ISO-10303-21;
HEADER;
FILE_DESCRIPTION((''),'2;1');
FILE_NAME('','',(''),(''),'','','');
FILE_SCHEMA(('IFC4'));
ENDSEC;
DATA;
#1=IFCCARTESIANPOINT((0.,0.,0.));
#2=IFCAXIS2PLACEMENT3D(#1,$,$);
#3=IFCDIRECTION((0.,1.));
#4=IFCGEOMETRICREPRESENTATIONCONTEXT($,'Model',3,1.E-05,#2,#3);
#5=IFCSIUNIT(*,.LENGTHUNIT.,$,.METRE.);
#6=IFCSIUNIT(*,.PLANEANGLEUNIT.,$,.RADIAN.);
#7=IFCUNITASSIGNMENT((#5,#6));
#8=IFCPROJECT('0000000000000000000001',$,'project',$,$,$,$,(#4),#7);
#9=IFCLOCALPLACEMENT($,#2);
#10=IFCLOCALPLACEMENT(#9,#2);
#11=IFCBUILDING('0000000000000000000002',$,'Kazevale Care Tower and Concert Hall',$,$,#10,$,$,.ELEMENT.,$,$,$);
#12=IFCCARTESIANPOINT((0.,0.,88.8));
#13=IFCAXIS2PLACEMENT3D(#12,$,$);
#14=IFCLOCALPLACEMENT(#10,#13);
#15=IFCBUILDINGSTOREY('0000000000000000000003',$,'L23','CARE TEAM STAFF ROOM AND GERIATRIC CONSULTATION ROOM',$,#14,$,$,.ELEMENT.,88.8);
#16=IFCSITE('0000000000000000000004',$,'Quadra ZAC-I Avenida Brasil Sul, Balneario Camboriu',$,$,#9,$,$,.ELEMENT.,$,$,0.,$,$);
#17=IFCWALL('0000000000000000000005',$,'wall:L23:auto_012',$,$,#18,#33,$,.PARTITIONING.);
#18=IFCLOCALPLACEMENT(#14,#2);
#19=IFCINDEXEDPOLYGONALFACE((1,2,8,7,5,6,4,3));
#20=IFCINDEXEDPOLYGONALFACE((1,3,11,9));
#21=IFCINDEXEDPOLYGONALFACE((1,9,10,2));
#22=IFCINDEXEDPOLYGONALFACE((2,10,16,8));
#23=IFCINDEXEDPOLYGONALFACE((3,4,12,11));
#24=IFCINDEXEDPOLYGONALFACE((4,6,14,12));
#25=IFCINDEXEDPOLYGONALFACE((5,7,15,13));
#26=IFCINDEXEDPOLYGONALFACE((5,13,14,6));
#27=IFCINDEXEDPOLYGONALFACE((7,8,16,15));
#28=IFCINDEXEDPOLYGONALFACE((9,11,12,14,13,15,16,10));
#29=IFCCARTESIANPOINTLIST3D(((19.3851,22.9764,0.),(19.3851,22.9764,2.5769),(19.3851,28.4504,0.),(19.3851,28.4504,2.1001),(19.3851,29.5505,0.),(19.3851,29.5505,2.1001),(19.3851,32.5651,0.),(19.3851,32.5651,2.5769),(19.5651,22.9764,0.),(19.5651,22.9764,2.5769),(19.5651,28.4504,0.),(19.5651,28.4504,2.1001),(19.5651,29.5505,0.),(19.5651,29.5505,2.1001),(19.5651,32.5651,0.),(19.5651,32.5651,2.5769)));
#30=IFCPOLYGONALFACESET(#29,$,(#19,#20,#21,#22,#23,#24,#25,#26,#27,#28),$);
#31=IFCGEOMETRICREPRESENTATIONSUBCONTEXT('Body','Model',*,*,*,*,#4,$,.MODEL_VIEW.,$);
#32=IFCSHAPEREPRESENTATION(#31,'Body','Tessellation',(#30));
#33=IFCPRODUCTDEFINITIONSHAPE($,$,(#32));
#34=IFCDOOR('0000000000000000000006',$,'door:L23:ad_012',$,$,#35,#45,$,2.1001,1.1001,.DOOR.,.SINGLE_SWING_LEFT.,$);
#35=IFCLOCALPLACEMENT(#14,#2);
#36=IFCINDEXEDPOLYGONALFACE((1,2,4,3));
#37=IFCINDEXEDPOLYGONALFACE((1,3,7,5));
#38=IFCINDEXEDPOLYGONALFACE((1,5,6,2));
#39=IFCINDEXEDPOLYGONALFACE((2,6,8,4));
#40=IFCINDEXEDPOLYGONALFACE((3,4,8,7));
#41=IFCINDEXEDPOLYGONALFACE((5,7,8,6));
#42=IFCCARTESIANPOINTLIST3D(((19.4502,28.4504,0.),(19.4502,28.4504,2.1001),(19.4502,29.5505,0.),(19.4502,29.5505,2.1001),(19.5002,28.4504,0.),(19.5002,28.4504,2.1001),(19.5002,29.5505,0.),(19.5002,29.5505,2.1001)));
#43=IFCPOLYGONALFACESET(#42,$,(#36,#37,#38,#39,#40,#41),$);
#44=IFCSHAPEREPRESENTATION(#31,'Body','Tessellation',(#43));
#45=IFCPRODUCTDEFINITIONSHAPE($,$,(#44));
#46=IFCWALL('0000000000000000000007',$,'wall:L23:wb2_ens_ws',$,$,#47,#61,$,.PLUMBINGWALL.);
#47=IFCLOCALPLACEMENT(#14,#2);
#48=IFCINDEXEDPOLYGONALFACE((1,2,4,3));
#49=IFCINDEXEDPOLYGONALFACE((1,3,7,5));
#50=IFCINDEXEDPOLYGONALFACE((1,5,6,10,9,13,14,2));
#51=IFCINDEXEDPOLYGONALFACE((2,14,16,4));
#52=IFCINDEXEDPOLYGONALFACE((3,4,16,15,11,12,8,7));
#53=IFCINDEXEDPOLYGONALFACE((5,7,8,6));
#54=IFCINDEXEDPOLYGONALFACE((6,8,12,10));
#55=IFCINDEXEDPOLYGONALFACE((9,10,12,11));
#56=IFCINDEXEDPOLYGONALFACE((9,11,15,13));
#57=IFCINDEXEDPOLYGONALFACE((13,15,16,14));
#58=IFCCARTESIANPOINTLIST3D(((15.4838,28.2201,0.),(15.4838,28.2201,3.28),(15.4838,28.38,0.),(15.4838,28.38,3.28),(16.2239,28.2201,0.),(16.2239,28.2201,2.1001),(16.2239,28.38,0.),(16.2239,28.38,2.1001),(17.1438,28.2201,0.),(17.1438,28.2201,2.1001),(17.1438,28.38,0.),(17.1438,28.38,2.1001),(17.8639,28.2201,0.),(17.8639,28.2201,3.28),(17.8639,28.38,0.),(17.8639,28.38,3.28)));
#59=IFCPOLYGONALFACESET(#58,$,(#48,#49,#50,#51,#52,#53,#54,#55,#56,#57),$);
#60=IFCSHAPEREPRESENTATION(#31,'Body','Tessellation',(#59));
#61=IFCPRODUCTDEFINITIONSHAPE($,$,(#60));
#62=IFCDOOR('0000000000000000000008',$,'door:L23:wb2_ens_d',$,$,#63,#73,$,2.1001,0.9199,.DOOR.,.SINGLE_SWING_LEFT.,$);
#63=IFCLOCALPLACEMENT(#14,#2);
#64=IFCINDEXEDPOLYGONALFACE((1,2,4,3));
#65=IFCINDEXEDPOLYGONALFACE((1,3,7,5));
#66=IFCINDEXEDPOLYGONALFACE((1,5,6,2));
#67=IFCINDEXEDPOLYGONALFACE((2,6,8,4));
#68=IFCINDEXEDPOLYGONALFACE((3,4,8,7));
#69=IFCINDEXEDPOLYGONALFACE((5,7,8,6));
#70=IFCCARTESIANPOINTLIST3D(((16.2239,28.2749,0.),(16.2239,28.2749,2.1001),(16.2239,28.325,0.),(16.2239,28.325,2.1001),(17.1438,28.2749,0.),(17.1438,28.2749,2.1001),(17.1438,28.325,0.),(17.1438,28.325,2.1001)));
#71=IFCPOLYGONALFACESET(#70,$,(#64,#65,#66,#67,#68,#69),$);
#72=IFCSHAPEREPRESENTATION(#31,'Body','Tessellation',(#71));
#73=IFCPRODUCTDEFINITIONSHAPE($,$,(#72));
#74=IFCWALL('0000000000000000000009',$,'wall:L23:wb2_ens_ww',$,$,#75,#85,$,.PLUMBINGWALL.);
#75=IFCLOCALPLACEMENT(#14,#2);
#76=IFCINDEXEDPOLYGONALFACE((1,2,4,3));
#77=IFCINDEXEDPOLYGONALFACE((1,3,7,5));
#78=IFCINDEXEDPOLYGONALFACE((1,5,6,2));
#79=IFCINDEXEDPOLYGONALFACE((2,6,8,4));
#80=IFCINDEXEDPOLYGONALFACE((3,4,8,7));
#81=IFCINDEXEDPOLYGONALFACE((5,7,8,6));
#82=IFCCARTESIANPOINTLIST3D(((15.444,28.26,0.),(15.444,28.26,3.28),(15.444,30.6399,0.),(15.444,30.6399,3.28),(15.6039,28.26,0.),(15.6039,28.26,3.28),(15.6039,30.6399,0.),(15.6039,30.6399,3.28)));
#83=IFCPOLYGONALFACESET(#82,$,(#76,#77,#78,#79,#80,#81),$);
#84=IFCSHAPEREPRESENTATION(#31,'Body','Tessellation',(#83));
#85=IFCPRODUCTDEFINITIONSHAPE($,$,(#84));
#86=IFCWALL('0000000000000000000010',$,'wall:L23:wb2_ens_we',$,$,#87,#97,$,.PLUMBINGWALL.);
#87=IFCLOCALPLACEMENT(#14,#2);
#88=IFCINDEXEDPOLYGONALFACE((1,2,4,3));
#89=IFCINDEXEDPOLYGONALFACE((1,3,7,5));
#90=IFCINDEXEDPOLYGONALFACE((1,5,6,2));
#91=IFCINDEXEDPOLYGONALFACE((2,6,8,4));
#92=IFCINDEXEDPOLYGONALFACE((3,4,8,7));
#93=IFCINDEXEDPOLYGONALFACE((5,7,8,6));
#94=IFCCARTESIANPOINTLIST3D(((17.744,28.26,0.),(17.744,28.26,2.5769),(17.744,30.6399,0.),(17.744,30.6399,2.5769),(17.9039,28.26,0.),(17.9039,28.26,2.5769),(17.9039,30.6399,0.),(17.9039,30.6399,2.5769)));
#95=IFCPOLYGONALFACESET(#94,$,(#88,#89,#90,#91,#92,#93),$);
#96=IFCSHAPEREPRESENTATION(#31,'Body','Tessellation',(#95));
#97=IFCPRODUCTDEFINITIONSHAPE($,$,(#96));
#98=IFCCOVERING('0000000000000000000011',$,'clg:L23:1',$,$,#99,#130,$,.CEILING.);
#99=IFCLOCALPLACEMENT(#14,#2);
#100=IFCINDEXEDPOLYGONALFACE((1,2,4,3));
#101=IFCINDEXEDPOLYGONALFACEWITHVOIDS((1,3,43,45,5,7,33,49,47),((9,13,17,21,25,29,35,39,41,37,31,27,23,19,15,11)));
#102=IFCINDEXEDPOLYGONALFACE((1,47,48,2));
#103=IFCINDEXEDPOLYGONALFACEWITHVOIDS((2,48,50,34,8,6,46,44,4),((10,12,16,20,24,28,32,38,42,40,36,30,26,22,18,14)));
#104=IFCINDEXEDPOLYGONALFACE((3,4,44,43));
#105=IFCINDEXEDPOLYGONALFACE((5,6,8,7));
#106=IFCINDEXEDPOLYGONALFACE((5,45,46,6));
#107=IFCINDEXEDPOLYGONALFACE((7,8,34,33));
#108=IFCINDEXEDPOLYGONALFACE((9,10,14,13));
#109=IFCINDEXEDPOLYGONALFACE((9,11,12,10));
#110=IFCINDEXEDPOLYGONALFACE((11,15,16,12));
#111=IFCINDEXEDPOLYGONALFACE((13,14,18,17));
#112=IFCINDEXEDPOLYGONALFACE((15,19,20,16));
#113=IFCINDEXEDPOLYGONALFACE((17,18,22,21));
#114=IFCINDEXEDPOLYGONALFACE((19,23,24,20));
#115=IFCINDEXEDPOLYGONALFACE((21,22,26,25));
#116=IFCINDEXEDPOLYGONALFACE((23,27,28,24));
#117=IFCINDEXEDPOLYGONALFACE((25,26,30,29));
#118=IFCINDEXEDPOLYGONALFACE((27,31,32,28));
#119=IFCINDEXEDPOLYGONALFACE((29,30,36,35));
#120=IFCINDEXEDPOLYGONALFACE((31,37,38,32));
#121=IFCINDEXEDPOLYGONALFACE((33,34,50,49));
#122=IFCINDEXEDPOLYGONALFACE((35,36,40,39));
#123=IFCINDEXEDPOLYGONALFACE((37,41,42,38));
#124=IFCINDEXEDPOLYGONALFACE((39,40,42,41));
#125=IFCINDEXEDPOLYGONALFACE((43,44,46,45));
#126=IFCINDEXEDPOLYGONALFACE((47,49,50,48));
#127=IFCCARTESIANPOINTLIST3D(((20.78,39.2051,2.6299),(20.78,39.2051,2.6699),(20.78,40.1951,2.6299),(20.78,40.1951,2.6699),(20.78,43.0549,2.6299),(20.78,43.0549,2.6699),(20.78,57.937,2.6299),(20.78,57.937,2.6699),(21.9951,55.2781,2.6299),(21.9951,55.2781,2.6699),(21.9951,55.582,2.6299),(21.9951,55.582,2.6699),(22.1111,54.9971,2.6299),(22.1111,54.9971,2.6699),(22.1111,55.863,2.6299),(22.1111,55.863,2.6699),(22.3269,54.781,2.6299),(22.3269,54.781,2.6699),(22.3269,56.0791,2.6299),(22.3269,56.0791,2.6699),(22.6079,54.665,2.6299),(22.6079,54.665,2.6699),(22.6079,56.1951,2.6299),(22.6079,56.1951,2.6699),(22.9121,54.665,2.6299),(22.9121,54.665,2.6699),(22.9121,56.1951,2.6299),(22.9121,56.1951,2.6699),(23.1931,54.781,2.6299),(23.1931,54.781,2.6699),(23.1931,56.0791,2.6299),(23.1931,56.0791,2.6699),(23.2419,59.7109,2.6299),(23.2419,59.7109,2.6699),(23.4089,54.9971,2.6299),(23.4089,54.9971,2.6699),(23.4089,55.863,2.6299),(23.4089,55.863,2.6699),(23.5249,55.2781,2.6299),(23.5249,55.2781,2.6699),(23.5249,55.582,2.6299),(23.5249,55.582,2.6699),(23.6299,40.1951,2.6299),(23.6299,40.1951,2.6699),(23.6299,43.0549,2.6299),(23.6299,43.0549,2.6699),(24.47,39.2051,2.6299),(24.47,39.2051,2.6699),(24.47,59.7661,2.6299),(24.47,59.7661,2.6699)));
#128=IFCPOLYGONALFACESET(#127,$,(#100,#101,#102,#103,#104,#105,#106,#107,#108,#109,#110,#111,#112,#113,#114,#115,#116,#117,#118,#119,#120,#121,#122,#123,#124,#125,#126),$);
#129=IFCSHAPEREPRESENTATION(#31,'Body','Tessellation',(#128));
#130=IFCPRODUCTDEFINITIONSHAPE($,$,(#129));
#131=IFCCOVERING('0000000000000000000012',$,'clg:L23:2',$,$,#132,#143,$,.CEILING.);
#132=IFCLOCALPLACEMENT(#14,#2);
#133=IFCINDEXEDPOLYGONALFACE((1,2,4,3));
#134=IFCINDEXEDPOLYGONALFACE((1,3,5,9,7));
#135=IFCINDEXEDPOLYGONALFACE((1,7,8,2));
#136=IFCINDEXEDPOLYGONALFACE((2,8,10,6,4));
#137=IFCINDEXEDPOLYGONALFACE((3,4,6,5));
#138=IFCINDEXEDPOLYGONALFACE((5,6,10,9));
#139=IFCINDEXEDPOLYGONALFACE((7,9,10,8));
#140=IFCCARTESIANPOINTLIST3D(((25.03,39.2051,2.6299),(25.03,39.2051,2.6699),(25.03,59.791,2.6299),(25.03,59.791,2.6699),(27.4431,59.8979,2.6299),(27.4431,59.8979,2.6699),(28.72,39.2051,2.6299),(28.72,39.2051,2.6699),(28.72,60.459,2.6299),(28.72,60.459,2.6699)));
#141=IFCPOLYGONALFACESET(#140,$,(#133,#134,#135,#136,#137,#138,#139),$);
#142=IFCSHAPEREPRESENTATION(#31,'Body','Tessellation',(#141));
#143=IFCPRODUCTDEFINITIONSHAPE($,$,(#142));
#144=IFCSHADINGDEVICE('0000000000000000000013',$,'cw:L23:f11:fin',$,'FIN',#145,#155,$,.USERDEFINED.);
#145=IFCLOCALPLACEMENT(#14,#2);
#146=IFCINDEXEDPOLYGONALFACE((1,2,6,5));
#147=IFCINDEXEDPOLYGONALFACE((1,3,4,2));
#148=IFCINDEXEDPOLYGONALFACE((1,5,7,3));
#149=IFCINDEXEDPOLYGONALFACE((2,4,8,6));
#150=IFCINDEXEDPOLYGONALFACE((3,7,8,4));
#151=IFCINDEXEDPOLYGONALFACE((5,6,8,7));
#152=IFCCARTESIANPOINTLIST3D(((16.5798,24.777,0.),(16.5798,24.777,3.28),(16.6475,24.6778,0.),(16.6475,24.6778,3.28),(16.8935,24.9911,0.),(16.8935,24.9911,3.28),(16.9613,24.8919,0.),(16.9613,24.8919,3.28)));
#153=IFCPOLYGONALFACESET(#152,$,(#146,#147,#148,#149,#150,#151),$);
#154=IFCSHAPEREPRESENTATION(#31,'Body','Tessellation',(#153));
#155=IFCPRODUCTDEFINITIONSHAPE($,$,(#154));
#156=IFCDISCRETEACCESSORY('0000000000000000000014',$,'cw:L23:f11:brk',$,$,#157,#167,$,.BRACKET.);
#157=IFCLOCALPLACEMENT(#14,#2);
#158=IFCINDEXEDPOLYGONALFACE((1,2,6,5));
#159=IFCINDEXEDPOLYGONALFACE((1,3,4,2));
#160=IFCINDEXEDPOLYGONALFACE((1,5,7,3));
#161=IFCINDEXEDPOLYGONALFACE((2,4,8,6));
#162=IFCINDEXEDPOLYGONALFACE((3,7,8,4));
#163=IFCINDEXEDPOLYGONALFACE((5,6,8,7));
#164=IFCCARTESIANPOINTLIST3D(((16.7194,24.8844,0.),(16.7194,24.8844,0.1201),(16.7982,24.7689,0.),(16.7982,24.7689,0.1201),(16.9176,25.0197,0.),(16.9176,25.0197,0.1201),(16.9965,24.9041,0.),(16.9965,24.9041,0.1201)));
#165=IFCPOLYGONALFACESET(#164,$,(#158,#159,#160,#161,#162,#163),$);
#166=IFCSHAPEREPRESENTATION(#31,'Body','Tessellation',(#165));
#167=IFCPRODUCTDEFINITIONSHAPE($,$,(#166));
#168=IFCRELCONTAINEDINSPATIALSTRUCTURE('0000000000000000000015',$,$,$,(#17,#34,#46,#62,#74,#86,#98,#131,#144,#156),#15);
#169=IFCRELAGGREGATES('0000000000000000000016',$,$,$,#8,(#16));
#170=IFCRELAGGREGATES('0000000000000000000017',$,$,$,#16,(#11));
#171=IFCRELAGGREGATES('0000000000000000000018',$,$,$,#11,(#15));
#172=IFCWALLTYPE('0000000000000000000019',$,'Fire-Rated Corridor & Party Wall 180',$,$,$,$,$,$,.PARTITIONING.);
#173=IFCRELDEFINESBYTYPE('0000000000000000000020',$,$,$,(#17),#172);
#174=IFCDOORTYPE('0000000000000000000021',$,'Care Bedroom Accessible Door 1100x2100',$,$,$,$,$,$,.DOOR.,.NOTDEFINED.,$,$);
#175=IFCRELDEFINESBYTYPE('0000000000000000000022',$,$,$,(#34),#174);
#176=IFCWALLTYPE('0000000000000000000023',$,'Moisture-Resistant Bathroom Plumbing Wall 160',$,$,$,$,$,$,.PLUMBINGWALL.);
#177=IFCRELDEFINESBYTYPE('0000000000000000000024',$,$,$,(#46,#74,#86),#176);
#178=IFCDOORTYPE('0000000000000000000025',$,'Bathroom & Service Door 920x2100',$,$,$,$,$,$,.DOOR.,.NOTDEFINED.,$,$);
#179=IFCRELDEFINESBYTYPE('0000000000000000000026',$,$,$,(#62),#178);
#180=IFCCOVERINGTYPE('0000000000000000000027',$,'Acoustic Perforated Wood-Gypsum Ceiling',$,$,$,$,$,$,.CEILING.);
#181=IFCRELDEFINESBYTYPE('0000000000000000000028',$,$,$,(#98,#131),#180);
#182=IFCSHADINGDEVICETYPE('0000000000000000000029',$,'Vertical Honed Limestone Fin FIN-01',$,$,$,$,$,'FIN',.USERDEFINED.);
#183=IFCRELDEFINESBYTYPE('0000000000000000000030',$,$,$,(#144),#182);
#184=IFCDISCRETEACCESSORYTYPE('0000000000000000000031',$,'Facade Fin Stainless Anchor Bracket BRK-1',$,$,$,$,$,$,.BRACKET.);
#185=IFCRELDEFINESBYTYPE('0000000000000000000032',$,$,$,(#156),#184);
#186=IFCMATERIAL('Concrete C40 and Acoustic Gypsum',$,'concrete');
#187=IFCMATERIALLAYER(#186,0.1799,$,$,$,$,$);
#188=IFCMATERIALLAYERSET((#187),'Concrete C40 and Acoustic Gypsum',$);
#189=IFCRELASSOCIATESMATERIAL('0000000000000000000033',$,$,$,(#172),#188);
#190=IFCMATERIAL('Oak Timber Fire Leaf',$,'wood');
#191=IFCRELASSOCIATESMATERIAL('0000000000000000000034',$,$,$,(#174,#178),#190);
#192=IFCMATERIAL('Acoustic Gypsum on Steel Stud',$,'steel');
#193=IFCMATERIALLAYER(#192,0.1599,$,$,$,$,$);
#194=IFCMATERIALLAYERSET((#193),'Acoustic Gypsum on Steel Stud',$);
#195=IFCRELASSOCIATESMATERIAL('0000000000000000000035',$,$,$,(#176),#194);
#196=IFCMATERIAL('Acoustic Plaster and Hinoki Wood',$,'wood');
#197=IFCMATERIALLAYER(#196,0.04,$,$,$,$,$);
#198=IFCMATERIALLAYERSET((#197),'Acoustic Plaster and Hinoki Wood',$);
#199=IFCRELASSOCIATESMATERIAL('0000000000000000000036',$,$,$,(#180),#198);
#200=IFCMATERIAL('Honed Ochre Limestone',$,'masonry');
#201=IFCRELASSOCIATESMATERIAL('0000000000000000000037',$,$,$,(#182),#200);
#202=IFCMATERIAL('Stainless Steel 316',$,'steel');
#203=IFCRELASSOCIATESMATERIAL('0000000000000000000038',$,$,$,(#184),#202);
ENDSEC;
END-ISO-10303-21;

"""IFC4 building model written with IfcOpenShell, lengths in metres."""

from ifc_helpers import new_model, si_unit, direction, frame, frame_2d, origin, origin_2d, place, context, subcontext, project, spatial, polyline, rectangle, outline, extrude, material, layer, layer_set, type_object, element, fill, save


model = new_model("IFC4")

# Units and contexts
model_context = context("Model", 3, precision=1e-05, world=origin(), true_north=direction((0.0, 1.0)))
body_context = subcontext(model_context, "Body", "Model", "MODEL_VIEW")
ifc_project = project(units=[si_unit("LENGTHUNIT", "METRE"), si_unit("PLANEANGLEUNIT", "RADIAN")], contexts=[model_context])

# Site, building, storey
site_placement = place(None, origin())
site = spatial("IfcSite", under=ifc_project, at=site_placement, Name="Quadra ZAC-I Avenida Brasil Sul, Balneario Camboriu", CompositionType="ELEMENT", RefElevation=0.0)
building_placement = place(site_placement, origin())
building = spatial("IfcBuilding", under=site, at=building_placement, Name="Kazevale Care Tower and Concert Hall", CompositionType="ELEMENT")
storey_placement = place(building_placement, frame((0.0, 0.0, 88.8)))
storey = spatial("IfcBuildingStorey", under=building, at=storey_placement, Name="L23", Description="CARE TEAM STAFF ROOM AND GERIATRIC CONSULTATION ROOM", CompositionType="ELEMENT", Elevation=88.8)

# Walls, openings, doors
ifc_material_1 = material(Name="Concrete C40 and Acoustic Gypsum", Category="concrete")
ifc_layer_1 = layer(ifc_material_1, 0.1799)
ifc_layer_set_1 = layer_set([ifc_layer_1], Name="Concrete C40 and Acoustic Gypsum")
wall_type_1 = type_object("IfcWallType", Name="Fire-Rated Corridor & Party Wall 180", PredefinedType="PARTITIONING", material=ifc_layer_set_1)
wall_1_placement = place(storey_placement, frame((19.4751, 22.9763, 0.0), z_axis=(0.0, 0.0, 1.0), x_axis=(0.0, 1.0, 0.0)))
wall_1 = element("IfcWall", 1, at=wall_1_placement, inside=storey, type_object=wall_type_1, Name="wall:L23:auto_012", PredefinedType="PARTITIONING", context=body_context, shape_type="SweptSolid", body=[
    extrude(rectangle(XDim=9.5886, YDim=0.1799, at=frame_2d((4.7944, 0.0))), origin(), (0.0, 0.0, 1.0), 2.5769),
])
opening_1_placement = place(wall_1_placement, frame((5.4741, 0.0, 0.0)))
opening_1 = element("IfcOpeningElement", 2, at=opening_1_placement, cuts=wall_1, PredefinedType="OPENING", context=body_context, shape_type="SweptSolid", body=[
    extrude(rectangle(XDim=1.1001, YDim=2.1001, at=frame_2d((0.55, 1.05))), frame((0.0, 0.0999, 0.0), z_axis=(0.0, -1.0, 0.0), x_axis=(1.0, 0.0, 0.0)), (0.0, 0.0, 1.0), 0.2),
])
ifc_material_2 = material(Name="Oak Timber Fire Leaf", Category="wood")
door_type_1 = type_object("IfcDoorType", Name="Care Bedroom Accessible Door 1100x2100", OperationType="NOTDEFINED", PredefinedType="DOOR", material=ifc_material_2)
door_1_placement = place(opening_1_placement, origin())
door_1 = element("IfcDoor", 3, at=door_1_placement, inside=storey, type_object=door_type_1, Name="door:L23:ad_012", OperationType="SINGLE_SWING_LEFT", OverallHeight=2.1001, OverallWidth=1.1001, PredefinedType="DOOR", context=body_context, shape_type="SweptSolid", body=[
    extrude(rectangle(XDim=1.1001, YDim=2.1001, at=frame_2d((0.55, 1.05))), frame((0.0, 0.0249, 0.0), z_axis=(0.0, -1.0, 0.0), x_axis=(1.0, 0.0, 0.0)), (0.0, 0.0, 1.0), 0.05),
])
fill(opening_1, door_1)
ifc_material_3 = material(Name="Acoustic Gypsum on Steel Stud", Category="steel")
ifc_layer_2 = layer(ifc_material_3, 0.1599)
ifc_layer_set_2 = layer_set([ifc_layer_2], Name="Acoustic Gypsum on Steel Stud")
wall_type_2 = type_object("IfcWallType", Name="Moisture-Resistant Bathroom Plumbing Wall 160", PredefinedType="PLUMBINGWALL", material=ifc_layer_set_2)
wall_2_placement = place(storey_placement, frame((15.4839, 28.3, 0.0), z_axis=(0.0, 0.0, 1.0), x_axis=(1.0, 0.0, 0.0)))
wall_2 = element("IfcWall", 4, at=wall_2_placement, inside=storey, type_object=wall_type_2, Name="wall:L23:wb2_ens_ws", PredefinedType="PLUMBINGWALL", context=body_context, shape_type="SweptSolid", body=[
    extrude(rectangle(XDim=2.3801, YDim=0.1599, at=frame_2d((1.1899, 0.0))), origin(), (0.0, 0.0, 1.0), 3.28),
])
opening_2_placement = place(wall_2_placement, frame((0.74, 0.0, 0.0)))
opening_2 = element("IfcOpeningElement", 5, at=opening_2_placement, cuts=wall_2, PredefinedType="OPENING", context=body_context, shape_type="SweptSolid", body=[
    extrude(rectangle(XDim=0.9199, YDim=2.1001, at=frame_2d((0.46, 1.05))), frame((0.0, 0.0898, 0.0), z_axis=(0.0, -1.0, 0.0), x_axis=(1.0, 0.0, 0.0)), (0.0, 0.0, 1.0), 0.1799),
])
door_type_2 = type_object("IfcDoorType", Name="Bathroom & Service Door 920x2100", OperationType="NOTDEFINED", PredefinedType="DOOR", material=ifc_material_2)
door_2_placement = place(opening_2_placement, origin())
door_2 = element("IfcDoor", 6, at=door_2_placement, inside=storey, type_object=door_type_2, Name="door:L23:wb2_ens_d", OperationType="SINGLE_SWING_LEFT", OverallHeight=2.1001, OverallWidth=0.9199, PredefinedType="DOOR", context=body_context, shape_type="SweptSolid", body=[
    extrude(rectangle(XDim=0.9199, YDim=2.1001, at=frame_2d((0.46, 1.05))), frame((0.0, 0.0249, 0.0), z_axis=(0.0, -1.0, 0.0), x_axis=(1.0, 0.0, 0.0)), (0.0, 0.0, 1.0), 0.05),
])
fill(opening_2, door_2)

# Walls
wall_3_placement = place(storey_placement, frame((15.5239, 28.26, 0.0), z_axis=(0.0, 0.0, 1.0), x_axis=(0.0, 1.0, 0.0)))
element("IfcWall", 7, at=wall_3_placement, inside=storey, type_object=wall_type_2, Name="wall:L23:wb2_ens_ww", PredefinedType="PLUMBINGWALL", context=body_context, shape_type="SweptSolid", body=[
    extrude(rectangle(XDim=2.3799, YDim=0.1599, at=frame_2d((1.1899, 0.0))), origin(), (0.0, 0.0, 1.0), 3.28),
])
wall_4_placement = place(storey_placement, frame((17.824, 28.26, 0.0), z_axis=(0.0, 0.0, 1.0), x_axis=(0.0, 1.0, 0.0)))
element("IfcWall", 8, at=wall_4_placement, inside=storey, type_object=wall_type_2, Name="wall:L23:wb2_ens_we", PredefinedType="PLUMBINGWALL", context=body_context, shape_type="SweptSolid", body=[
    extrude(rectangle(XDim=2.3799, YDim=0.1599, at=frame_2d((1.1899, 0.0))), origin(), (0.0, 0.0, 1.0), 2.5769),
])

# Coverings
ifc_material_4 = material(Name="Acoustic Plaster and Hinoki Wood", Category="wood")
ifc_layer_3 = layer(ifc_material_4, 0.04)
ifc_layer_set_3 = layer_set([ifc_layer_3], Name="Acoustic Plaster and Hinoki Wood")
covering_type = type_object("IfcCoveringType", Name="Acoustic Perforated Wood-Gypsum Ceiling", PredefinedType="CEILING", material=ifc_layer_set_3)
covering_1_placement = place(storey_placement, frame((0.0, 0.0, 2.6299)))
element("IfcCovering", 9, at=covering_1_placement, inside=storey, type_object=covering_type, Name="clg:L23:1", PredefinedType="CEILING", context=body_context, shape_type="SweptSolid", body=[
    extrude(outline(polyline([(23.6299, 40.1951), (23.6299, 43.0549), (20.78, 43.0549), (20.78, 57.937), (23.2419, 59.7109), (24.47, 59.7661), (24.47, 39.2051), (20.78, 39.2051), (20.78, 40.1951), (23.6299, 40.1951)]), holes=[polyline([(23.5249, 55.582), (23.4089, 55.863), (23.1931, 56.0791), (22.9121, 56.1951), (22.6079, 56.1951), (22.3269, 56.0791), (22.1111, 55.863), (21.9951, 55.582), (21.9951, 55.2781), (22.1111, 54.9971), (22.3269, 54.781), (22.6079, 54.665), (22.9121, 54.665), (23.1931, 54.781), (23.4089, 54.9971), (23.5249, 55.2781), (23.5249, 55.582)])]), origin(), (0.0, 0.0, 1.0), 0.04),
])
covering_2_placement = place(storey_placement, frame((0.0, 0.0, 2.6299)))
element("IfcCovering", 10, at=covering_2_placement, inside=storey, type_object=covering_type, Name="clg:L23:2", PredefinedType="CEILING", context=body_context, shape_type="SweptSolid", body=[
    extrude(outline(polyline([(28.72, 39.2051), (25.03, 39.2051), (25.03, 59.791), (27.4431, 59.8979), (28.72, 60.459), (28.72, 39.2051)])), origin(), (0.0, 0.0, 1.0), 0.04),
])

# Shading device
ifc_material_5 = material(Name="Honed Ochre Limestone", Category="masonry")
shading_device_type = type_object("IfcShadingDeviceType", Name="Vertical Honed Limestone Fin FIN-01", ElementType="FIN", PredefinedType="USERDEFINED", material=ifc_material_5)
shading_device_placement = place(storey_placement, frame((16.7705, 24.8345, 0.0), z_axis=(0.0, 0.0, 1.0), x_axis=(-0.826, -0.56367, 0.0)))
element("IfcShadingDevice", 11, at=shading_device_placement, inside=storey, type_object=shading_device_type, Name="cw:L23:f11:fin", ObjectType="FIN", PredefinedType="USERDEFINED", context=body_context, shape_type="SweptSolid", body=[
    extrude(rectangle(XDim=0.3799, YDim=0.1201, at=origin_2d()), origin(), (0.0, 0.0, 1.0), 3.28),
])

# Discrete accessory
ifc_material_6 = material(Name="Stainless Steel 316", Category="steel")
discrete_accessory_type = type_object("IfcDiscreteAccessoryType", Name="Facade Fin Stainless Anchor Bracket BRK-1", PredefinedType="BRACKET", material=ifc_material_6)
discrete_accessory_placement = place(storey_placement, frame((16.8579, 24.8943, 0.0), z_axis=(0.0, 0.0, 1.0), x_axis=(-0.826, -0.56367, 0.0)))
element("IfcDiscreteAccessory", 12, at=discrete_accessory_placement, inside=storey, type_object=discrete_accessory_type, Name="cw:L23:f11:brk", PredefinedType="BRACKET", context=body_context, shape_type="SweptSolid", body=[
    extrude(rectangle(XDim=0.24, YDim=0.1399, at=origin_2d()), origin(), (0.0, 0.0, 1.0), 0.1201),
])

save(model, "model.ifc")
